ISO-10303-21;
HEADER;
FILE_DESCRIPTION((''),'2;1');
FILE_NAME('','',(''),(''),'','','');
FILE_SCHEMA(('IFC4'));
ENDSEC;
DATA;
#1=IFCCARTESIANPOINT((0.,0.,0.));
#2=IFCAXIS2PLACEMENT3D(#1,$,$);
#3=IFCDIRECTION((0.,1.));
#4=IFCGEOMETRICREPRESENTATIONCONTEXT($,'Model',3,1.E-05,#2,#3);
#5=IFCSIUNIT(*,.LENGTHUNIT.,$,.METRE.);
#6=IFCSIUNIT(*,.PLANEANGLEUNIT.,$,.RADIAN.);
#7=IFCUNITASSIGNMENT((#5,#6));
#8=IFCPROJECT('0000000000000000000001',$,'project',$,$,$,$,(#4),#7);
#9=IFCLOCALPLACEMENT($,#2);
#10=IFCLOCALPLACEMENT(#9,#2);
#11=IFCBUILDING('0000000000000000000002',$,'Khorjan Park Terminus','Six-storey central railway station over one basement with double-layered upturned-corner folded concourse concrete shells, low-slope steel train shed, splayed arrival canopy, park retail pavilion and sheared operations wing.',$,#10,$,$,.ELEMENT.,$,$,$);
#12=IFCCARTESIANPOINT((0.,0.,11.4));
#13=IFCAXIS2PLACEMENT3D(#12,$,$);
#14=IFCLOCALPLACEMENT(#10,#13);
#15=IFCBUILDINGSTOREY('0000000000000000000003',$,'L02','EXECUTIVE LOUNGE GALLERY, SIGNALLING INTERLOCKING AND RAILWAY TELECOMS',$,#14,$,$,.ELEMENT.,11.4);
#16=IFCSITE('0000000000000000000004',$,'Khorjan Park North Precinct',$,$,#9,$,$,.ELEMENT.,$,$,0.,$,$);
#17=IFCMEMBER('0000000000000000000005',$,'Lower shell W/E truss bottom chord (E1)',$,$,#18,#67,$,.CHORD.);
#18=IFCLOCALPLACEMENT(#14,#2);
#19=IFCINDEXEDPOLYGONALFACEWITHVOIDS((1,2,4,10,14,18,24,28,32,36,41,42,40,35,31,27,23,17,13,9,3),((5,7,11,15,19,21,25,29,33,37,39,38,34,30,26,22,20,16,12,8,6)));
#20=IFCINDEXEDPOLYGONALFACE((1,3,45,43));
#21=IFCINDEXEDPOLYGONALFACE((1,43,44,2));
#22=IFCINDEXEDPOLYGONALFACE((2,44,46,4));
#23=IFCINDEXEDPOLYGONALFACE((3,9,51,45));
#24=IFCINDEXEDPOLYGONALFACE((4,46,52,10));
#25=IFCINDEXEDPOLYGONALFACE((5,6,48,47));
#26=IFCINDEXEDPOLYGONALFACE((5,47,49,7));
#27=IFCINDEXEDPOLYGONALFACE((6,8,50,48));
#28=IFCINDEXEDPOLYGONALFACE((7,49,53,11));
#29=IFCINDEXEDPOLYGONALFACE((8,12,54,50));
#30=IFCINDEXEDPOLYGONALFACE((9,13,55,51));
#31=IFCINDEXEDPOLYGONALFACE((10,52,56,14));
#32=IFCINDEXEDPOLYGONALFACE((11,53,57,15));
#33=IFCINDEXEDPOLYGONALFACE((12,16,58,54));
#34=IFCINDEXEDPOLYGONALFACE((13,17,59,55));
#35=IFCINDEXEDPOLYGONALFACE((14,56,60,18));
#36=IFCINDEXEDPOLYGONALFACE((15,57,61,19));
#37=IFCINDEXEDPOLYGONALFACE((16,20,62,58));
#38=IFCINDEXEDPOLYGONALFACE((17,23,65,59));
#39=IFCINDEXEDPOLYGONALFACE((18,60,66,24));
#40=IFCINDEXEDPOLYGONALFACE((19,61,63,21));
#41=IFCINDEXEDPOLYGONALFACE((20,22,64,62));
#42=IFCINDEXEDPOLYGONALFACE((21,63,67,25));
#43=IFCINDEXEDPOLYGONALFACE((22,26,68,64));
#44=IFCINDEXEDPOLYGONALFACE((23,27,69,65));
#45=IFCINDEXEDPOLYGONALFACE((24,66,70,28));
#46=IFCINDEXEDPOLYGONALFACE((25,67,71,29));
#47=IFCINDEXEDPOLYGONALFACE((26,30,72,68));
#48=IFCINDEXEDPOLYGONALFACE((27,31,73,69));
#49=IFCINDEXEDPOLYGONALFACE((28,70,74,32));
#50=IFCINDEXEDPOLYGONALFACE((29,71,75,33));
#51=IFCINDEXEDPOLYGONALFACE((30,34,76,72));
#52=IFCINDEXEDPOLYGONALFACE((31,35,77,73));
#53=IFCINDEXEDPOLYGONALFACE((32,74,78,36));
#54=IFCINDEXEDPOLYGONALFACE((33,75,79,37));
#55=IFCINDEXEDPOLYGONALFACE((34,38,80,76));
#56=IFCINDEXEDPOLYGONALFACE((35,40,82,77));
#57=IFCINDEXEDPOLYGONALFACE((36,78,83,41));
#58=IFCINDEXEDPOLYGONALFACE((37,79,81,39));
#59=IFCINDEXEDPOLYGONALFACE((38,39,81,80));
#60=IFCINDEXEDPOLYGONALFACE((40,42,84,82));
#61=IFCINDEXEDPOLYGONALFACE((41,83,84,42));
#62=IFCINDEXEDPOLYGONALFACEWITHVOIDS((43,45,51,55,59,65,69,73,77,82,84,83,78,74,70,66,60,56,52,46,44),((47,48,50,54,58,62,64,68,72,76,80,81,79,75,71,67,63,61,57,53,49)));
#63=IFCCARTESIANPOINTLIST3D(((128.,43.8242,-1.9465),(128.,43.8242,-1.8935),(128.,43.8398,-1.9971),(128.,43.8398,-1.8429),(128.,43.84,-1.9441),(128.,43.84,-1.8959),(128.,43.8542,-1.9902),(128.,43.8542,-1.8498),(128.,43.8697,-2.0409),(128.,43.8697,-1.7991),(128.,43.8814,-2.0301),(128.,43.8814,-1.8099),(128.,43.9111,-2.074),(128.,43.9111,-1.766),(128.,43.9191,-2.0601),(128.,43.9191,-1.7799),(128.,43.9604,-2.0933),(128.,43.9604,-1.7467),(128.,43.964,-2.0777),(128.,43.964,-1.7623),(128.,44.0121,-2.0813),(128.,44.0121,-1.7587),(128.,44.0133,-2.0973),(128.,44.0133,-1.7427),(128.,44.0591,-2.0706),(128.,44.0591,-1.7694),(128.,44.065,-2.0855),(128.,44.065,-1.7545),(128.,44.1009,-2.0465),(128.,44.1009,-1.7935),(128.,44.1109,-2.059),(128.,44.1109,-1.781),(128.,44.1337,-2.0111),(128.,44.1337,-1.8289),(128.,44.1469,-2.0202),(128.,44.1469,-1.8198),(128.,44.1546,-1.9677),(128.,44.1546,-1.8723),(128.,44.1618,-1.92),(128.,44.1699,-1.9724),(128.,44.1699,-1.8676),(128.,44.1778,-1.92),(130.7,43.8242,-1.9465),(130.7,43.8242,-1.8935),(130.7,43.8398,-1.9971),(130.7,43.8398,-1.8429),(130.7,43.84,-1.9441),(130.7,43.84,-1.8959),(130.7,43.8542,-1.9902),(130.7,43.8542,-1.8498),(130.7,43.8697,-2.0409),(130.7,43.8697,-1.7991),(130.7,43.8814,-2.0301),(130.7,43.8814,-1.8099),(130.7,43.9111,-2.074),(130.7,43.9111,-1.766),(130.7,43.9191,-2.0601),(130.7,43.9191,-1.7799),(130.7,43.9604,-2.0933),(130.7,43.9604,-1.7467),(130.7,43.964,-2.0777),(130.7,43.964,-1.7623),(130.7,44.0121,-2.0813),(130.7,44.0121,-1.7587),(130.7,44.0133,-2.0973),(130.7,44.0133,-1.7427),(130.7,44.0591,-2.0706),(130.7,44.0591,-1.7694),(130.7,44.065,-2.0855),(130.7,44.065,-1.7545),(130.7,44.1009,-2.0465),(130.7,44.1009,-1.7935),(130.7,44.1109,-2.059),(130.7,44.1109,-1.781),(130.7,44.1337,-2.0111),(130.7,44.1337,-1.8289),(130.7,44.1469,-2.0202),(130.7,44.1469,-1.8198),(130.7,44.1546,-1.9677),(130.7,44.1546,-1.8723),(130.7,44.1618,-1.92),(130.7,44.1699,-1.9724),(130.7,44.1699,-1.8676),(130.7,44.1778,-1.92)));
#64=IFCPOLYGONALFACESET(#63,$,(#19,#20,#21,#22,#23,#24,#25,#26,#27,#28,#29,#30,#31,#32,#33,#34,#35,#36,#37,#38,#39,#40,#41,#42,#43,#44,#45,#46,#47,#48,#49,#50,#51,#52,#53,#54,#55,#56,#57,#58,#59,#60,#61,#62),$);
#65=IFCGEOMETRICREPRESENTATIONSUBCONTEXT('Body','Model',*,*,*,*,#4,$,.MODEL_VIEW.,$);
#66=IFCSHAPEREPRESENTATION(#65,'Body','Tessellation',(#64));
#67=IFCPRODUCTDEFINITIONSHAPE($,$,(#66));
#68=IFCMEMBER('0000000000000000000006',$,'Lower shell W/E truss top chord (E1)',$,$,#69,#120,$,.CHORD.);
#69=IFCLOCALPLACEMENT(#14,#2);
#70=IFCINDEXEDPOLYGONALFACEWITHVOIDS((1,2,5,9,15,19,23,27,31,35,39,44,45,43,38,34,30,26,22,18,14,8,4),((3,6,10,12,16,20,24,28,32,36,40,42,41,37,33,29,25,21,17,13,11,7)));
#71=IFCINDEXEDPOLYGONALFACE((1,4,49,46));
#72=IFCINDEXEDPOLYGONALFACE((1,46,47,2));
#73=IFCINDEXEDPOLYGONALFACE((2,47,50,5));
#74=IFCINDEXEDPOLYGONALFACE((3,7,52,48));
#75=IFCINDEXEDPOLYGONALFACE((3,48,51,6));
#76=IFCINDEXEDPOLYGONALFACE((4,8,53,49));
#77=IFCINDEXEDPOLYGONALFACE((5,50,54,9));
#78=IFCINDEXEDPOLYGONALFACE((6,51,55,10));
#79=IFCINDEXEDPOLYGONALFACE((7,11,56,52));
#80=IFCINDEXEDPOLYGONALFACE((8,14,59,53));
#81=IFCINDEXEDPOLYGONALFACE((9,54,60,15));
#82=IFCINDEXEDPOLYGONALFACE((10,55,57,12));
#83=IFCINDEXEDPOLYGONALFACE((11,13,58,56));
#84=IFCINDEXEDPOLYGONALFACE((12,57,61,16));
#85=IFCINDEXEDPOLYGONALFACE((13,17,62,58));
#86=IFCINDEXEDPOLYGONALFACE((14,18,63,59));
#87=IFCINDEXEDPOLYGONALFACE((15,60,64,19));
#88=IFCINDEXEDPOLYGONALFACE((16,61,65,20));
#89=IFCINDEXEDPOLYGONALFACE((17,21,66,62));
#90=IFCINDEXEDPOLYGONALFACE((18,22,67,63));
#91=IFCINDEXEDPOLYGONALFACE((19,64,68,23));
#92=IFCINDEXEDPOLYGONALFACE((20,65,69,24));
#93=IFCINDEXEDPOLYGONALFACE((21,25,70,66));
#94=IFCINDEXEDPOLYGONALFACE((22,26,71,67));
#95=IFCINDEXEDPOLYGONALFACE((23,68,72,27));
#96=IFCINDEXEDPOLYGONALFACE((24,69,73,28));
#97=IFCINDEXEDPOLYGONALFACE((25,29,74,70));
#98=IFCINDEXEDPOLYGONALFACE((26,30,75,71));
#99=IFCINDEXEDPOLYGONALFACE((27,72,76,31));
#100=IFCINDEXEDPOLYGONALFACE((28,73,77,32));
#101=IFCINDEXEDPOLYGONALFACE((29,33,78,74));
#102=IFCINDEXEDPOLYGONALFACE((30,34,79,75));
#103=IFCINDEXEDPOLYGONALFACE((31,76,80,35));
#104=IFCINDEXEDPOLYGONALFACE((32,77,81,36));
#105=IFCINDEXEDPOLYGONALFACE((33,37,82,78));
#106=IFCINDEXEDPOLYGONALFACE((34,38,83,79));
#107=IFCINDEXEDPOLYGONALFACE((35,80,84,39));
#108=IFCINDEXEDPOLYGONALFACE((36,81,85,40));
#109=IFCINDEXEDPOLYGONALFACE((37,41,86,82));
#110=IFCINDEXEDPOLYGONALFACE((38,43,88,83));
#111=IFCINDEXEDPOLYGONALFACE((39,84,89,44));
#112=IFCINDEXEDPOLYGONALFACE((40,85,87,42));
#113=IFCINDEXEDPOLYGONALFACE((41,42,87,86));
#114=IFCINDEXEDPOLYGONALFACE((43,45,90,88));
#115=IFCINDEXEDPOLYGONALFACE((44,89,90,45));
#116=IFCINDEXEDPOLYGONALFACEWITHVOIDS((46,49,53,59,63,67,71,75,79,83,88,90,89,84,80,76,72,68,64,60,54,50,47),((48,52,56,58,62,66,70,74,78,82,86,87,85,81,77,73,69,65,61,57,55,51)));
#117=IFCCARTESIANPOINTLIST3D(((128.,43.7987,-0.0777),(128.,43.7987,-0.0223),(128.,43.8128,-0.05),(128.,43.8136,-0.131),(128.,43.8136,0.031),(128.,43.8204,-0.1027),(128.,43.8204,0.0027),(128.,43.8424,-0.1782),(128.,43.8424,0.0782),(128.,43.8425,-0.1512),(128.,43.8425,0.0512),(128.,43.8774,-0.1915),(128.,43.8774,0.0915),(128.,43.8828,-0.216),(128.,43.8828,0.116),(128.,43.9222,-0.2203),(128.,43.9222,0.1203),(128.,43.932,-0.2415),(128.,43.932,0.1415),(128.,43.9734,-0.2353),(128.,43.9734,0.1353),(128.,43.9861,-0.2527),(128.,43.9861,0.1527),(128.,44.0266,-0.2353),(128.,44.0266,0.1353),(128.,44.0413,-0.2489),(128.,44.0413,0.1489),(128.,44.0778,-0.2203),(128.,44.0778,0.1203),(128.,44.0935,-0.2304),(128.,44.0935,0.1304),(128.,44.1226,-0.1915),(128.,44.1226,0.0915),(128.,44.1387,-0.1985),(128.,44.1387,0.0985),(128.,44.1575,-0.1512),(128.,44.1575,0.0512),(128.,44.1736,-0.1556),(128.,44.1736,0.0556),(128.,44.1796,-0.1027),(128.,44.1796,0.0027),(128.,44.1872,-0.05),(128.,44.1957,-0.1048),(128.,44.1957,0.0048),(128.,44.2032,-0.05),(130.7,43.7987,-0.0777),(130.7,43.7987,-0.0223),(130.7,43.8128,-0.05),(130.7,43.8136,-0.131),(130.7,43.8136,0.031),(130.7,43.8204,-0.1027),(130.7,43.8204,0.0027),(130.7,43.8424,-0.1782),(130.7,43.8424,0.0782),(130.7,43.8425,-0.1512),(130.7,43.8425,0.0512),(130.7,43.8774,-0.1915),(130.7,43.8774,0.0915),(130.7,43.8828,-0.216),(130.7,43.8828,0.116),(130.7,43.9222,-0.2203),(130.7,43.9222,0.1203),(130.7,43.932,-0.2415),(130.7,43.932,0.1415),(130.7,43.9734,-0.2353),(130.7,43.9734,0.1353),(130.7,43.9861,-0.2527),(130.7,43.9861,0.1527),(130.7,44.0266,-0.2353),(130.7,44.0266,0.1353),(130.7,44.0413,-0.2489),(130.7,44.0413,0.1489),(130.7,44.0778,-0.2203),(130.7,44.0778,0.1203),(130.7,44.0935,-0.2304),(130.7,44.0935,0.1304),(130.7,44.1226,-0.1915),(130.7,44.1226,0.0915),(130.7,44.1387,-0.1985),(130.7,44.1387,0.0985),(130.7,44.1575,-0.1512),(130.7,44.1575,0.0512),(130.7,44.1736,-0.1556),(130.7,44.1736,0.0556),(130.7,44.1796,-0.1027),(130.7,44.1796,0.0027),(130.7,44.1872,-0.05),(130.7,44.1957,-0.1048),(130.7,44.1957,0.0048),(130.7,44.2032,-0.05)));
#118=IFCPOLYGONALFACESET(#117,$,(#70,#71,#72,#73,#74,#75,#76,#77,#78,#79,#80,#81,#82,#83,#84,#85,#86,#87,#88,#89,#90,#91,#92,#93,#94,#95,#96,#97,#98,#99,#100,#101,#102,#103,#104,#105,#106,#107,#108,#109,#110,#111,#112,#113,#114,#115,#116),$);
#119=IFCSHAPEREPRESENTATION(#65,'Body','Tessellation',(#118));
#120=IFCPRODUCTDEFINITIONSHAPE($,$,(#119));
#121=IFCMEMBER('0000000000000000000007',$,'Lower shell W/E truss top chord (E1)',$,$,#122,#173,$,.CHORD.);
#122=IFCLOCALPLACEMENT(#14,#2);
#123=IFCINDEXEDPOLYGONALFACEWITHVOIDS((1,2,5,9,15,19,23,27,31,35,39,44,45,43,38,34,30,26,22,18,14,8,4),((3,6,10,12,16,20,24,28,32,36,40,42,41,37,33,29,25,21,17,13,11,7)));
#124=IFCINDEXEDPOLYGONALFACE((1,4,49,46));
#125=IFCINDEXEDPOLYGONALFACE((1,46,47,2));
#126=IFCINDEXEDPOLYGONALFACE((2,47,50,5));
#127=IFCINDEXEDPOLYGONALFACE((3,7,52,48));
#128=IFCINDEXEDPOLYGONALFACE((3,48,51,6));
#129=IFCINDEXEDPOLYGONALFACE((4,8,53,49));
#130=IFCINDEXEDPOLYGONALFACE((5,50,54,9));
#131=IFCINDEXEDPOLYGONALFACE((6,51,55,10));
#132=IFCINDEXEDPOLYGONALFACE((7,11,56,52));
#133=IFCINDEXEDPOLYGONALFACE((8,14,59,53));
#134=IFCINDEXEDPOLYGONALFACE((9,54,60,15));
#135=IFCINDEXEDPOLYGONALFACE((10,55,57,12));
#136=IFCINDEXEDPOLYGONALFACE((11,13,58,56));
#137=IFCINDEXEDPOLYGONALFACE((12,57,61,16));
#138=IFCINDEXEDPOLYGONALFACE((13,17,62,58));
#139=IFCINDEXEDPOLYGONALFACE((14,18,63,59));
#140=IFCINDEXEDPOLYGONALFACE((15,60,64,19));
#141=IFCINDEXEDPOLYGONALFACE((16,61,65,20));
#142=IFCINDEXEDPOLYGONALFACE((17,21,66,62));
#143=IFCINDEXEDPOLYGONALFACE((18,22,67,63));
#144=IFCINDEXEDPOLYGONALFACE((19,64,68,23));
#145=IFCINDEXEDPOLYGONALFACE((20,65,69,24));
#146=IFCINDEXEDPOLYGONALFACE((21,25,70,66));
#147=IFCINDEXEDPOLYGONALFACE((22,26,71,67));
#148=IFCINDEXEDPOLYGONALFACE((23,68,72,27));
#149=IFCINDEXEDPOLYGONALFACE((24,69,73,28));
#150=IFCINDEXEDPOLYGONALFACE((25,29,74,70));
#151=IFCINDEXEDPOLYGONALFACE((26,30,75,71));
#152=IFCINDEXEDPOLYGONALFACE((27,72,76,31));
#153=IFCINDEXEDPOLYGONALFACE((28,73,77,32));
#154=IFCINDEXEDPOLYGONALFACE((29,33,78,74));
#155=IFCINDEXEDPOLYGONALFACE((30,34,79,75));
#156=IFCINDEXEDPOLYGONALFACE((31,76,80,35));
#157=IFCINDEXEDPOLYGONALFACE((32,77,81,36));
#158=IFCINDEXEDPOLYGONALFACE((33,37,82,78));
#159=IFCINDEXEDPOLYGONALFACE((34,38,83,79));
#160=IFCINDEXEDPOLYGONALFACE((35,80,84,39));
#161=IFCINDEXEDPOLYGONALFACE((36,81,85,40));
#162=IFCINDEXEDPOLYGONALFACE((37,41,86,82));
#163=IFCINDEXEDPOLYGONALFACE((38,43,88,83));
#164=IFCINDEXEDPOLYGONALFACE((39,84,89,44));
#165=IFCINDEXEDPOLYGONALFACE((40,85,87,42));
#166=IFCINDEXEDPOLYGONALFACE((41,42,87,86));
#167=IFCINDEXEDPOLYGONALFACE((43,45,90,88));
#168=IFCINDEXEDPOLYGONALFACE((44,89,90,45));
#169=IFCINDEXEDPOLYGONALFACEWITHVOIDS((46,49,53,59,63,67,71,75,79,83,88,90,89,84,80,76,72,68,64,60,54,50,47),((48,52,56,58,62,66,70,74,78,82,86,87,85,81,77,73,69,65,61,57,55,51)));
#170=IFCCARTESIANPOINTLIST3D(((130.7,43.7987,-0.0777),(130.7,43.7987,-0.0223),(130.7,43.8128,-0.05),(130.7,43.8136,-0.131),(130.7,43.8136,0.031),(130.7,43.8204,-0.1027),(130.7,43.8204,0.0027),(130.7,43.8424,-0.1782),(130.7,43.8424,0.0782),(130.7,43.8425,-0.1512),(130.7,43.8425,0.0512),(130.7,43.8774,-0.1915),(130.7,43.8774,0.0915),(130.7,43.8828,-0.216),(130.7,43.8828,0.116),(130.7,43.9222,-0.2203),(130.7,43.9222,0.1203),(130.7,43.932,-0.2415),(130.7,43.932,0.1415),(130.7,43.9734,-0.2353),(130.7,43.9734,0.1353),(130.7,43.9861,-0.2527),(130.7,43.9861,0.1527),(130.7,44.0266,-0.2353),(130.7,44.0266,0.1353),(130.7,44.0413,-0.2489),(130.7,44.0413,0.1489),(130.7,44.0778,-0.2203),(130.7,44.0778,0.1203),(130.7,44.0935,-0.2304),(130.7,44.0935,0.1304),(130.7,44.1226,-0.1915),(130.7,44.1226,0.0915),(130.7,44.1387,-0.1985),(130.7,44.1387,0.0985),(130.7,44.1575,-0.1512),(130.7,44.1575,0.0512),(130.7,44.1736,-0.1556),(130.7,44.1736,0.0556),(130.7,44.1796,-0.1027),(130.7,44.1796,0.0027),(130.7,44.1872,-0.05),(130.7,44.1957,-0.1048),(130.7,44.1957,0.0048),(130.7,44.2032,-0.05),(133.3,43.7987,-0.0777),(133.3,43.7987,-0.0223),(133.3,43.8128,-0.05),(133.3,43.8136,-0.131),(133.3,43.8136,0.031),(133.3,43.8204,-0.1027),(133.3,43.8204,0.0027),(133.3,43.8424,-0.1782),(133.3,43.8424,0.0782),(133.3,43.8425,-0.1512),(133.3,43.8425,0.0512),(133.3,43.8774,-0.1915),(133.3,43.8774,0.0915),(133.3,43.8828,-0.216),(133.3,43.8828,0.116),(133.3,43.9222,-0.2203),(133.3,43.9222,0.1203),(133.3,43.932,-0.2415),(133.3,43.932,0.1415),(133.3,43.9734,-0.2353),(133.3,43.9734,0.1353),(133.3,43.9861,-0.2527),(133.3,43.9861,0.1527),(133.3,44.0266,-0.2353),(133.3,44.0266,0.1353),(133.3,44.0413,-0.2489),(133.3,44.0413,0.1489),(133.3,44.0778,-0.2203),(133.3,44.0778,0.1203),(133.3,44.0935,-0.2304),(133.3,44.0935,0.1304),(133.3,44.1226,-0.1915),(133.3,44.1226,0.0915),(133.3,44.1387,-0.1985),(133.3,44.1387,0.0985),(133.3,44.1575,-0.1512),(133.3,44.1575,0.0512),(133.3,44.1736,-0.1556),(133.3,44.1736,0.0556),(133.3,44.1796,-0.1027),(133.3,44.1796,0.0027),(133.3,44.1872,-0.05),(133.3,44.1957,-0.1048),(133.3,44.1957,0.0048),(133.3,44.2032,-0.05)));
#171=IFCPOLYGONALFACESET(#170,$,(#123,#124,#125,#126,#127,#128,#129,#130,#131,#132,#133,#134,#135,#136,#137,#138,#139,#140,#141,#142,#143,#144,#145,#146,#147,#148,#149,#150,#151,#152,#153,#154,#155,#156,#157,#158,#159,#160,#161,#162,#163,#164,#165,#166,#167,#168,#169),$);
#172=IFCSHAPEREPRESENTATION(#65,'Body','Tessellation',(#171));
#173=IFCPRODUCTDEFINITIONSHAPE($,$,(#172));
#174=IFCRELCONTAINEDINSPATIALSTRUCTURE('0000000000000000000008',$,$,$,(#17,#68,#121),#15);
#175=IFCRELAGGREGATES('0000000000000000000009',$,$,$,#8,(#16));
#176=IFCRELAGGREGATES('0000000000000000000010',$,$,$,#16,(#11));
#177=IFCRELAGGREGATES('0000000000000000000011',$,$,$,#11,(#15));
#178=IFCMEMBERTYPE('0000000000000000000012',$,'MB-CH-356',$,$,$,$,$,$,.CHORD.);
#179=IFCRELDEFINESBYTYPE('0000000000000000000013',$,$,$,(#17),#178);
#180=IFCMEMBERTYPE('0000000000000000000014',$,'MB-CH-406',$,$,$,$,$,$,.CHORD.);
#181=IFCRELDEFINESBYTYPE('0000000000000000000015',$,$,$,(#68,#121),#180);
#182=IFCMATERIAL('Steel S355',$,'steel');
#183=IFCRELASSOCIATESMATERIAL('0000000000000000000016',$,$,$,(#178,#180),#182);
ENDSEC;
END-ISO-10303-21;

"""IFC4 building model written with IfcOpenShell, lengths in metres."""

from ifc_helpers import new_model, si_unit, direction, frame, origin, origin_2d, place, context, subcontext, project, spatial, hollow_circle, extrude, material, material_profile, profile_set, type_object, element, save


model = new_model("IFC4")

# Units and contexts
model_context = context("Model", 3, precision=1e-05, world=origin(), true_north=direction((0.0, 1.0)))
body_context = subcontext(model_context, "Body", "Model", "MODEL_VIEW")
ifc_project = project(units=[si_unit("LENGTHUNIT", "METRE"), si_unit("PLANEANGLEUNIT", "RADIAN")], contexts=[model_context])

# Site, building, storey
site_placement = place(None, origin())
site = spatial("IfcSite", under=ifc_project, at=site_placement, Name="Khorjan Park North Precinct", CompositionType="ELEMENT", RefElevation=0.0)
building_placement = place(site_placement, origin())
building = spatial("IfcBuilding", under=site, at=building_placement, Name="Khorjan Park Terminus", Description="Six-storey central railway station over one basement with double-layered upturned-corner folded concourse concrete shells, low-slope steel train shed, splayed arrival canopy, park retail pavilion and sheared operations wing.", CompositionType="ELEMENT")
storey_placement = place(building_placement, frame((0.0, 0.0, 11.4)))
storey = spatial("IfcBuildingStorey", under=building, at=storey_placement, Name="L02", Description="EXECUTIVE LOUNGE GALLERY, SIGNALLING INTERLOCKING AND RAILWAY TELECOMS", CompositionType="ELEMENT", Elevation=11.4)

# Shared definitions
ifc_material_1 = material(Name="Steel S355", Category="steel")

# Members
ifc_material_profile_1 = material_profile(ifc_material_1, hollow_circle(Radius=0.1778, WallThickness=0.016, at=origin_2d()), Name="CHS 355.6x16")
ifc_profile_set_1 = profile_set([ifc_material_profile_1], Name="Steel S355")
member_type_1 = type_object("IfcMemberType", Name="MB-CH-356", PredefinedType="CHORD", material=ifc_profile_set_1)
member_1_placement = place(storey_placement, frame((128.0, 44.0, -1.92), z_axis=(1.0, 0.0, 0.0), x_axis=(0.0, 1.0, 0.0)))
element("IfcMember", 1, at=member_1_placement, inside=storey, type_object=member_type_1, Name="Lower shell W/E truss bottom chord (E1)", PredefinedType="CHORD", context=body_context, shape_type="SweptSolid", body=[
    extrude(hollow_circle(Radius=0.1778, WallThickness=0.016, at=origin_2d()), origin(), (0.0, 0.0, 1.0), 2.7),
])
ifc_material_profile_2 = material_profile(ifc_material_1, hollow_circle(Radius=0.2032, WallThickness=0.016, at=origin_2d()), Name="CHS 406.4x16")
ifc_profile_set_2 = profile_set([ifc_material_profile_2], Name="Steel S355")
member_type_2 = type_object("IfcMemberType", Name="MB-CH-406", PredefinedType="CHORD", material=ifc_profile_set_2)
member_2_placement = place(storey_placement, frame((128.0, 44.0, -0.05), z_axis=(1.0, 0.0, 0.0), x_axis=(0.0, 1.0, 0.0)))
element("IfcMember", 2, at=member_2_placement, inside=storey, type_object=member_type_2, Name="Lower shell W/E truss top chord (E1)", PredefinedType="CHORD", context=body_context, shape_type="SweptSolid", body=[
    extrude(hollow_circle(Radius=0.2032, WallThickness=0.016, at=origin_2d()), origin(), (0.0, 0.0, 1.0), 2.7),
])
member_3_placement = place(storey_placement, frame((130.7, 44.0, -0.05), z_axis=(1.0, 0.0, 0.0), x_axis=(0.0, 1.0, 0.0)))
element("IfcMember", 3, at=member_3_placement, inside=storey, type_object=member_type_2, Name="Lower shell W/E truss top chord (E1)", PredefinedType="CHORD", context=body_context, shape_type="SweptSolid", body=[
    extrude(hollow_circle(Radius=0.2032, WallThickness=0.016, at=origin_2d()), origin(), (0.0, 0.0, 1.0), 2.6),
])

save(model, "model.ifc")
